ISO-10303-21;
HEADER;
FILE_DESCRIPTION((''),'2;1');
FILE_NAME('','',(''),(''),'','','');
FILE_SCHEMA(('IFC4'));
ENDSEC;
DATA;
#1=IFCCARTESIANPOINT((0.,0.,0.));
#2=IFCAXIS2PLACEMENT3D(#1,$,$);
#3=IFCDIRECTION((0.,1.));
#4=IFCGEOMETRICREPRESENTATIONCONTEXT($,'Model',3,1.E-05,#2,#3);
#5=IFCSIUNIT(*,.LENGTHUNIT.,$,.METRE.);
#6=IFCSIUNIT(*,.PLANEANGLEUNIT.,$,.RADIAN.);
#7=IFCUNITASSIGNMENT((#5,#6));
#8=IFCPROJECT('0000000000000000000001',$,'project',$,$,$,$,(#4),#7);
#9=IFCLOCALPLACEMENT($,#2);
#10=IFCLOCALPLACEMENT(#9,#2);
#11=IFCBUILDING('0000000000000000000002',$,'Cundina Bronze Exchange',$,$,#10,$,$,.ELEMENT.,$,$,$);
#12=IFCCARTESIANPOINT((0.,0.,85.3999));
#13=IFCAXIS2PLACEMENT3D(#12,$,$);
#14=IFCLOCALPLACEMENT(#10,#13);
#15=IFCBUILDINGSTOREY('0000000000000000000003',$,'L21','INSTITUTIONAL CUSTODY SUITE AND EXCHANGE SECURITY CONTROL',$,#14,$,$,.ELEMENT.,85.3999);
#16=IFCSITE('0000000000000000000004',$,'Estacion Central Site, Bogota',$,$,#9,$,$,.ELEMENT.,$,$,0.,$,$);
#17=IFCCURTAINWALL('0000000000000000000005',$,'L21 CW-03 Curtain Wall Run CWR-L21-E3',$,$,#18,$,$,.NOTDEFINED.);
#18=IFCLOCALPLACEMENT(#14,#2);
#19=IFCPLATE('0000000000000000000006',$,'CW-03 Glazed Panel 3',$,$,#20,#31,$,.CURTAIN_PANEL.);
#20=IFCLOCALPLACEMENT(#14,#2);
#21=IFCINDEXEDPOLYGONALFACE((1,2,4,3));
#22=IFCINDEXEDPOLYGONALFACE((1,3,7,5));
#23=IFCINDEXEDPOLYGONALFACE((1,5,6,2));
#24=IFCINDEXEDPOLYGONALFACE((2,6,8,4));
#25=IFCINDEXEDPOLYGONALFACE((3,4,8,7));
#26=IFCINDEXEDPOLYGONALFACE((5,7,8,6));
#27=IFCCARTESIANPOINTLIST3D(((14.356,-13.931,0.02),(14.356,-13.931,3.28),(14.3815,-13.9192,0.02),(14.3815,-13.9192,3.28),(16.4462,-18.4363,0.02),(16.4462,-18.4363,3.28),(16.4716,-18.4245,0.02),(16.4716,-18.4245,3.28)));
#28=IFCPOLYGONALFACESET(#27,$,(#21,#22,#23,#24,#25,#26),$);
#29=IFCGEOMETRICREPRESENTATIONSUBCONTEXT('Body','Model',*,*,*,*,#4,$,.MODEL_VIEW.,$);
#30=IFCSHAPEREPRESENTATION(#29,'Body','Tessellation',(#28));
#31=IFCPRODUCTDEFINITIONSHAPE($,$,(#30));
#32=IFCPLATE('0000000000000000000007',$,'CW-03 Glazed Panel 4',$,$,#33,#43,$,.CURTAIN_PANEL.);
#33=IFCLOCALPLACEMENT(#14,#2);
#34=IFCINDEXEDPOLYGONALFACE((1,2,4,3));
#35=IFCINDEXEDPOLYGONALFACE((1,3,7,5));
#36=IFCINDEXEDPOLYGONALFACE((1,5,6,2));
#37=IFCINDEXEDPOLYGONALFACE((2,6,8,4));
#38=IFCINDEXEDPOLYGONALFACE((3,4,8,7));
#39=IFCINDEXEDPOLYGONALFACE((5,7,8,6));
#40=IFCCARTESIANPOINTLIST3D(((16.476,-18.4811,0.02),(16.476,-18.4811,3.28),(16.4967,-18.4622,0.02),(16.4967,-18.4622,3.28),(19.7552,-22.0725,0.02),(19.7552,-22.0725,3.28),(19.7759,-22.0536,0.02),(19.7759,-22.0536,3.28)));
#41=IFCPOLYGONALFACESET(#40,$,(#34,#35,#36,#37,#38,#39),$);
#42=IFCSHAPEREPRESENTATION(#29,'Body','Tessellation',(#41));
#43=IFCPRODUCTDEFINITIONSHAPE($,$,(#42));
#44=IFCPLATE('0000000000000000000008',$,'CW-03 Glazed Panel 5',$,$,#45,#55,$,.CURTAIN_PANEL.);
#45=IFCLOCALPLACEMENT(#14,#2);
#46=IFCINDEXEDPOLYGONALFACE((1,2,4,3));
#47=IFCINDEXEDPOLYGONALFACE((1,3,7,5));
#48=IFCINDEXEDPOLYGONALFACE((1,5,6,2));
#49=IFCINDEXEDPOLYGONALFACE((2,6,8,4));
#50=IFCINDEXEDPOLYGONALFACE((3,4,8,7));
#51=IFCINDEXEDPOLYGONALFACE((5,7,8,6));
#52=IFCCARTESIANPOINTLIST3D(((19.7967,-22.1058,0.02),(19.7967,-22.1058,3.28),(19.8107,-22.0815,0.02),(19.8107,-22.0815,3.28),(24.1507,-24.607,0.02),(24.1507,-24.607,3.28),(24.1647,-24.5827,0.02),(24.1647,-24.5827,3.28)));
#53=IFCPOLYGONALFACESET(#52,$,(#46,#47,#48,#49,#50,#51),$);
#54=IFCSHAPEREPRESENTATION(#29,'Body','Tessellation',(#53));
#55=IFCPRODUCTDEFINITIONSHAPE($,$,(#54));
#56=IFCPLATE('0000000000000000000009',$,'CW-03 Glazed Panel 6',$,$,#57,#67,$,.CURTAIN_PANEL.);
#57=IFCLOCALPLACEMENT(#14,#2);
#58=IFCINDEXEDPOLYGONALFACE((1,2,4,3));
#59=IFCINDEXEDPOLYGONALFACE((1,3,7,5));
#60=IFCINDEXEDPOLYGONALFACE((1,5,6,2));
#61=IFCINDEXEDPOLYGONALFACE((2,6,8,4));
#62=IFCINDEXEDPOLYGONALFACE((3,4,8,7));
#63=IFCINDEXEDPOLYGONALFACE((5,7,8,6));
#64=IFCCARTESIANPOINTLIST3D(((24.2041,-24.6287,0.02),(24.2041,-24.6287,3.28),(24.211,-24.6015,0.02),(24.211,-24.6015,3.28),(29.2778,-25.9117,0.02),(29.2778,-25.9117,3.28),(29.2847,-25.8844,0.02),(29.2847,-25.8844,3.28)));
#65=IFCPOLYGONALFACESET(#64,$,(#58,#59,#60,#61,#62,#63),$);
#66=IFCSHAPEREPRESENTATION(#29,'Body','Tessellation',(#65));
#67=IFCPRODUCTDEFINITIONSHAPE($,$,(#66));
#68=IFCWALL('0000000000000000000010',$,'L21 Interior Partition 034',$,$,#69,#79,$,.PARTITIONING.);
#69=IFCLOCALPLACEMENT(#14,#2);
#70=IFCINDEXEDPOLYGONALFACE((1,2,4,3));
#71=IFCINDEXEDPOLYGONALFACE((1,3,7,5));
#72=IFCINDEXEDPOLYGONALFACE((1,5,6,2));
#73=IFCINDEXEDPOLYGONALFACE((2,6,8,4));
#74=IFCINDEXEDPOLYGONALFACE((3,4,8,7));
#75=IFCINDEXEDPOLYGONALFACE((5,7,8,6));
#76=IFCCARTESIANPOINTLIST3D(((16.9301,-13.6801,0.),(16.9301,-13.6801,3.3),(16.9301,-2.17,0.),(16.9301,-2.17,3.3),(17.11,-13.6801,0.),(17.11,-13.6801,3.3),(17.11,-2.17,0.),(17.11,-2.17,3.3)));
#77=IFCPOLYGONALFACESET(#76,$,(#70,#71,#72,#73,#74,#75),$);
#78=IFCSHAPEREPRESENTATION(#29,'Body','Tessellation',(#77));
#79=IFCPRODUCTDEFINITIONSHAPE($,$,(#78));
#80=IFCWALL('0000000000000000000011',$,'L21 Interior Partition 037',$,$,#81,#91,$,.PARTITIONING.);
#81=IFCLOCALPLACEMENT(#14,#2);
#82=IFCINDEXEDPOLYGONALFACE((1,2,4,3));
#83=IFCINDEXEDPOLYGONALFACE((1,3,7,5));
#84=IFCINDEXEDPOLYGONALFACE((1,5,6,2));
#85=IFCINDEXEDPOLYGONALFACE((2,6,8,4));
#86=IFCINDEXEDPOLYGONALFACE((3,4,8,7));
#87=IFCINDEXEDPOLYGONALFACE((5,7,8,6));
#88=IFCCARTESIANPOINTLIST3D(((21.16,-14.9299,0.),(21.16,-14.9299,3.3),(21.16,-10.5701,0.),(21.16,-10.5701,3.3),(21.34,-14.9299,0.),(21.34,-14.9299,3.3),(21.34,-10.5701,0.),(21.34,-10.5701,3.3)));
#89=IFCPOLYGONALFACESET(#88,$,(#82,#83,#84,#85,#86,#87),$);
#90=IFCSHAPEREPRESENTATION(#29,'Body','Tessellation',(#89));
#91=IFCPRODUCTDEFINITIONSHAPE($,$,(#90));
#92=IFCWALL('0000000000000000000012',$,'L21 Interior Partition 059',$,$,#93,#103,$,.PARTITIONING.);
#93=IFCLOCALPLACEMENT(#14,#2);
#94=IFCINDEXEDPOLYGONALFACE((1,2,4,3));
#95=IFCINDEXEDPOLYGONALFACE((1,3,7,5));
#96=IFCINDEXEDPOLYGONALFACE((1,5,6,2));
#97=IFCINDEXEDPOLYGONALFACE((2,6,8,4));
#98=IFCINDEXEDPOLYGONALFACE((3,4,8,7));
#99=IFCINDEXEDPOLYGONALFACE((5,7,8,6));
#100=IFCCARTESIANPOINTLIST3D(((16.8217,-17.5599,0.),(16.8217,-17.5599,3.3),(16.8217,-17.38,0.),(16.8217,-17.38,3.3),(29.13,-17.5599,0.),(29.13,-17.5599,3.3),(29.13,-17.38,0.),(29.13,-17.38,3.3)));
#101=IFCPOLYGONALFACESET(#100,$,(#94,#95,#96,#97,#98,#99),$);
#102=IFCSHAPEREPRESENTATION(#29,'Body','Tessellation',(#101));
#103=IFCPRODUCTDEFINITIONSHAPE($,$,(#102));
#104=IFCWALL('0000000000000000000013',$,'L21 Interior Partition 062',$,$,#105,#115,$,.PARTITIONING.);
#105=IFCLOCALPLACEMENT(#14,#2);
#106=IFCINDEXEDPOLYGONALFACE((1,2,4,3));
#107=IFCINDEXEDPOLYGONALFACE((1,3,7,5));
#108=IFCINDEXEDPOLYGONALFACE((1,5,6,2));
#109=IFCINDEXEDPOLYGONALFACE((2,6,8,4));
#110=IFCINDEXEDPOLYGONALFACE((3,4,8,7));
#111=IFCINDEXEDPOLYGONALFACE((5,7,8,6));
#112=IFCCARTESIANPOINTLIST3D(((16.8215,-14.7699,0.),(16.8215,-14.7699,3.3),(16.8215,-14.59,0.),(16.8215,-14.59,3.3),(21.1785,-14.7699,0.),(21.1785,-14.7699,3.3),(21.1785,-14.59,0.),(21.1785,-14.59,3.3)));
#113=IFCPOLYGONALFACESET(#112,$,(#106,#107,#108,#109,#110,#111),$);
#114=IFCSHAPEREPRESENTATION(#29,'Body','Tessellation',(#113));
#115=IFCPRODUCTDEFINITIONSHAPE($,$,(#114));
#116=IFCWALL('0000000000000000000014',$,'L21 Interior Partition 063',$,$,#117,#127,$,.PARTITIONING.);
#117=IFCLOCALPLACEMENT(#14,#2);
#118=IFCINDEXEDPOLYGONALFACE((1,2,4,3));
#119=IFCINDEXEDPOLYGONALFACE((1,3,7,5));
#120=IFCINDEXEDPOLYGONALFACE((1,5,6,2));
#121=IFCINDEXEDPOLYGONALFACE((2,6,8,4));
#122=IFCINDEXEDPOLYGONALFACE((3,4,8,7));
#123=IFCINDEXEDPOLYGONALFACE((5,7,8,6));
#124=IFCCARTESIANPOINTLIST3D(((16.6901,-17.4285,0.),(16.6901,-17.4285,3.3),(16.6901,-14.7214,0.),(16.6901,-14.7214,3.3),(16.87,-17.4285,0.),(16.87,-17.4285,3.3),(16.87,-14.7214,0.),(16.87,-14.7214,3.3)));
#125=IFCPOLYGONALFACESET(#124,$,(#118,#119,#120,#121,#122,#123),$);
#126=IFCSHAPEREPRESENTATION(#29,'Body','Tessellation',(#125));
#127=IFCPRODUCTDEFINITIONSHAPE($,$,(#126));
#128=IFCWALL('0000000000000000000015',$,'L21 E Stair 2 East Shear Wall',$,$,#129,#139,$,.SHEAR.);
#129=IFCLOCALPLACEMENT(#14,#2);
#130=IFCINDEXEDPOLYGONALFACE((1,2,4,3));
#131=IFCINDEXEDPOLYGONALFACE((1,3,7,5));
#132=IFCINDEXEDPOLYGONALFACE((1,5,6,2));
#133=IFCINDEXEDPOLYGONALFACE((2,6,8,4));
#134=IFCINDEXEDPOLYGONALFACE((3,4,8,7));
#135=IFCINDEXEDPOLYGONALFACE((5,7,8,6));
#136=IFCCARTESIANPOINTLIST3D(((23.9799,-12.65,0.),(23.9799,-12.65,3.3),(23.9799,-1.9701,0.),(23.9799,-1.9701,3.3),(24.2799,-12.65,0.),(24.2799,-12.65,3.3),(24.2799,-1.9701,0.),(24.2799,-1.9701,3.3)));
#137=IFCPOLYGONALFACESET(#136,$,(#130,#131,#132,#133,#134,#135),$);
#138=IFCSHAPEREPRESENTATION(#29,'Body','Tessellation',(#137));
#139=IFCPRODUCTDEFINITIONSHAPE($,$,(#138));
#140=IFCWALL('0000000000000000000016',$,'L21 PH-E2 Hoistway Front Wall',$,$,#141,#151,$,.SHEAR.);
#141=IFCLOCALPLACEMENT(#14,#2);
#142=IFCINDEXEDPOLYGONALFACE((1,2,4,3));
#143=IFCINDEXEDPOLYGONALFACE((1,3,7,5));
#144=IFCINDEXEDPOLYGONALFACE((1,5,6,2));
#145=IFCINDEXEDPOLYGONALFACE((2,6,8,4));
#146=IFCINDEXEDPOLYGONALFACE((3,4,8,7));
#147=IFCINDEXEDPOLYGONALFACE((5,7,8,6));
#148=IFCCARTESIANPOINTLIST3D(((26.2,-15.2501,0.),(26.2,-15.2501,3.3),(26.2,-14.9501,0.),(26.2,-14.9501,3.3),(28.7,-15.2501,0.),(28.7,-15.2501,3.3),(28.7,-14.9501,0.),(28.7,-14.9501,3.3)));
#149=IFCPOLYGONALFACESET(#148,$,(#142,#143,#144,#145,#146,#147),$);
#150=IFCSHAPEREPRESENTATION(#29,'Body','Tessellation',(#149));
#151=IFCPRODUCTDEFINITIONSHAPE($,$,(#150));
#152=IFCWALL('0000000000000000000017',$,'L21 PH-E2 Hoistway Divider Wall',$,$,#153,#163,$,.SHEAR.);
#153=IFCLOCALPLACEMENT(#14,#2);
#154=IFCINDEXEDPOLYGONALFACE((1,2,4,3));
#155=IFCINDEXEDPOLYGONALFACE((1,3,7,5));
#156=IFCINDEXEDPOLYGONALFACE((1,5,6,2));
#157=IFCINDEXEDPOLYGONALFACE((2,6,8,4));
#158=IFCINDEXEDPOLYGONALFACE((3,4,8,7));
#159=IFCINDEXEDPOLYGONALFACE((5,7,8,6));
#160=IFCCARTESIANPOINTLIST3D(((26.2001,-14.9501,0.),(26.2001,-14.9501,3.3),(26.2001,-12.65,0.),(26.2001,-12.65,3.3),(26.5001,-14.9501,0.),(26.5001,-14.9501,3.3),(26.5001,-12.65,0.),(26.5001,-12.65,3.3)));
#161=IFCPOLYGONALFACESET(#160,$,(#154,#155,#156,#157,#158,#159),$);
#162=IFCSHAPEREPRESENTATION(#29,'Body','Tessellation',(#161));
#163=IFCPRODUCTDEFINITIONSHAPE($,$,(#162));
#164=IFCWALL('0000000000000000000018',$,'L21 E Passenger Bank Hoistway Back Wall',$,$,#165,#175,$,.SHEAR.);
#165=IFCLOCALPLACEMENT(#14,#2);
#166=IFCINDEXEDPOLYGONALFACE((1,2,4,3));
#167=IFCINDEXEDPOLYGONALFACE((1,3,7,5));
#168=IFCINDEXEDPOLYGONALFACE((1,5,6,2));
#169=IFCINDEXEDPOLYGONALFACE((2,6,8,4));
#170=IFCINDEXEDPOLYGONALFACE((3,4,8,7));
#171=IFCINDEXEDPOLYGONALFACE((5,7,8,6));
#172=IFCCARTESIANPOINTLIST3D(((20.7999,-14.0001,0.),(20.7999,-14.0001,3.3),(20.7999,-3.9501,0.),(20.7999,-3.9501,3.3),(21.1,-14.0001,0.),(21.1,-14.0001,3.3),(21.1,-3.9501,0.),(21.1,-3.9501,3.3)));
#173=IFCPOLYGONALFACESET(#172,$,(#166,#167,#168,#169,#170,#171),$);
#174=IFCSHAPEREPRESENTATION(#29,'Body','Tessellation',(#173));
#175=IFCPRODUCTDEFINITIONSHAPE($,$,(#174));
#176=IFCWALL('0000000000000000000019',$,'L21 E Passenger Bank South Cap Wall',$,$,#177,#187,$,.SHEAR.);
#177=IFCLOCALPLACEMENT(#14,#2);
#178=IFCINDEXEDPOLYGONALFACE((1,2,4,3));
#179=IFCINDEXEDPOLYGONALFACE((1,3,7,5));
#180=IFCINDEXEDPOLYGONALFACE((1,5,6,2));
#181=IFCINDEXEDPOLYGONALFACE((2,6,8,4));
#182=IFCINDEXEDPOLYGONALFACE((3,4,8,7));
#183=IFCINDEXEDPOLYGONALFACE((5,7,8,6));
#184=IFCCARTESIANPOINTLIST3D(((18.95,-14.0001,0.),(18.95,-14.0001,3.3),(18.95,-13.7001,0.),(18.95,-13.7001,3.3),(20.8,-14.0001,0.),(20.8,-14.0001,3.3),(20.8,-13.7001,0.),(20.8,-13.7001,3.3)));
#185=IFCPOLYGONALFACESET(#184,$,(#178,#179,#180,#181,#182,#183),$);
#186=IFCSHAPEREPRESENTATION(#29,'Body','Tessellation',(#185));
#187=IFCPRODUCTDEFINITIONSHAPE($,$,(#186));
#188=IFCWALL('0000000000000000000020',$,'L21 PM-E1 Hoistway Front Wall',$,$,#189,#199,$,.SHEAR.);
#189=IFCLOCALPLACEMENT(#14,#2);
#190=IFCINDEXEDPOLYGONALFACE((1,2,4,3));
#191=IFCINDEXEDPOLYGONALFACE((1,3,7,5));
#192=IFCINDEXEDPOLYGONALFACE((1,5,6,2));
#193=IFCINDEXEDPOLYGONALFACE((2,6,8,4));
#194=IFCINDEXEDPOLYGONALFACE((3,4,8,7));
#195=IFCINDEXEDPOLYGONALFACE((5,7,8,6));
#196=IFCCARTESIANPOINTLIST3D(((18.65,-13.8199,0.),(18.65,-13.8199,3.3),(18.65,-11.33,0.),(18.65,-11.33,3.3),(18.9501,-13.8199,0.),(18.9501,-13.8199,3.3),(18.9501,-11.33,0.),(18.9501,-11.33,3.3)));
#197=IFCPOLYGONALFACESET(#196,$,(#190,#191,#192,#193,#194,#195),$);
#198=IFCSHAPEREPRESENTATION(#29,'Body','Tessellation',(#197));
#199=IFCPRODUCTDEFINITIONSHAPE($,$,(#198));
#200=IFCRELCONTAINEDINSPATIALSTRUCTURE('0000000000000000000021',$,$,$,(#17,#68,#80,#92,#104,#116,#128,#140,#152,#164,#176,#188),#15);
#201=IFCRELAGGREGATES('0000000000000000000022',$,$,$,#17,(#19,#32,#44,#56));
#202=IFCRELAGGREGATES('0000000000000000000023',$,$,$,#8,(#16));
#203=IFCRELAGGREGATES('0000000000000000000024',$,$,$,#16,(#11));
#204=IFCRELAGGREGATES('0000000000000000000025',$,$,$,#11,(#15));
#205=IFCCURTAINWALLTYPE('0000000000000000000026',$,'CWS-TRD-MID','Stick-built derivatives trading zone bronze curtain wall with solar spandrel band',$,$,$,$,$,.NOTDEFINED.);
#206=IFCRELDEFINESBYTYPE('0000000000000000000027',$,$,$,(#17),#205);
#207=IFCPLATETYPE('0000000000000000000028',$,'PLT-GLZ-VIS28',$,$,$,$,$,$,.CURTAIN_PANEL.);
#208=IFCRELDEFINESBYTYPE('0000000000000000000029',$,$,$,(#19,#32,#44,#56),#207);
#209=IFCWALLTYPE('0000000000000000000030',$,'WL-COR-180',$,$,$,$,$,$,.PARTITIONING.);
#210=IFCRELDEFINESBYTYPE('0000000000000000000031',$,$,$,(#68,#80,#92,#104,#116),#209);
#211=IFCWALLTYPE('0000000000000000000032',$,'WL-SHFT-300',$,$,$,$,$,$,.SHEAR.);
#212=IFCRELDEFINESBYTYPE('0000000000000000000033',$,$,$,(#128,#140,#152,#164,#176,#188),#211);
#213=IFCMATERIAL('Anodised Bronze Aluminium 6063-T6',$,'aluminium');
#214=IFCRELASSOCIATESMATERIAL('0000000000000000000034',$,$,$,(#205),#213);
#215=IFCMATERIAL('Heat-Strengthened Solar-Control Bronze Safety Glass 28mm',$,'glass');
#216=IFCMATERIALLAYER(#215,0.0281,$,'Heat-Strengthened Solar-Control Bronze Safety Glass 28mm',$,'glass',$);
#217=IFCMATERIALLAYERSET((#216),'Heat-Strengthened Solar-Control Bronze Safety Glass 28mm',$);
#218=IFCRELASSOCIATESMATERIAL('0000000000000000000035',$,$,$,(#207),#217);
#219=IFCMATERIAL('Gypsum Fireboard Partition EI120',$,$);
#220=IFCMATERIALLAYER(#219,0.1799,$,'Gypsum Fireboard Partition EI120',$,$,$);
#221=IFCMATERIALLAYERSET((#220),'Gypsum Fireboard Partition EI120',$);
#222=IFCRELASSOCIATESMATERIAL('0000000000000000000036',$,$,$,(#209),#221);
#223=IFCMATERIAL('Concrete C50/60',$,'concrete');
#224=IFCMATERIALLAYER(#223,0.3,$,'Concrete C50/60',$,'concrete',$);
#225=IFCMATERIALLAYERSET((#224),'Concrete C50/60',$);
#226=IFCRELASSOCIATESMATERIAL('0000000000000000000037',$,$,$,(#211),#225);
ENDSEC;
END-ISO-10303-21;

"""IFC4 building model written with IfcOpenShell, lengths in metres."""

from ifc_helpers import new_model, si_unit, direction, frame, frame_2d, origin, origin_2d, place, context, subcontext, project, spatial, rectangle, extrude, material, layer, layer_set, type_object, element, aggregate, save


model = new_model("IFC4")

# Units and contexts
model_context = context("Model", 3, precision=1e-05, world=origin(), true_north=direction((0.0, 1.0)))
body_context = subcontext(model_context, "Body", "Model", "MODEL_VIEW")
ifc_project = project(units=[si_unit("LENGTHUNIT", "METRE"), si_unit("PLANEANGLEUNIT", "RADIAN")], contexts=[model_context])

# Site, building, storey
site_placement = place(None, origin())
site = spatial("IfcSite", under=ifc_project, at=site_placement, Name="Estacion Central Site, Bogota", CompositionType="ELEMENT", RefElevation=0.0)
building_placement = place(site_placement, origin())
building = spatial("IfcBuilding", under=site, at=building_placement, Name="Cundina Bronze Exchange", CompositionType="ELEMENT")
storey_placement = place(building_placement, frame((0.0, 0.0, 85.3999)))
storey = spatial("IfcBuildingStorey", under=building, at=storey_placement, Name="L21", Description="INSTITUTIONAL CUSTODY SUITE AND EXCHANGE SECURITY CONTROL", CompositionType="ELEMENT", Elevation=85.3999)

# Curtain wall, plates
ifc_material_1 = material(Name="Anodised Bronze Aluminium 6063-T6", Category="aluminium")
curtain_wall_type = type_object("IfcCurtainWallType", Name="CWS-TRD-MID", Description="Stick-built derivatives trading zone bronze curtain wall with solar spandrel band", PredefinedType="NOTDEFINED", material=ifc_material_1)
curtain_wall_placement = place(storey_placement, origin())
curtain_wall = element("IfcCurtainWall", 1, at=curtain_wall_placement, inside=storey, type_object=curtain_wall_type, Name="L21 CW-03 Curtain Wall Run CWR-L21-E3", PredefinedType="NOTDEFINED")
ifc_material_2 = material(Name="Heat-Strengthened Solar-Control Bronze Safety Glass 28mm", Category="glass")
ifc_layer_1 = layer(ifc_material_2, 0.0281, Name="Heat-Strengthened Solar-Control Bronze Safety Glass 28mm", Category="glass")
ifc_layer_set_1 = layer_set([ifc_layer_1], Name="Heat-Strengthened Solar-Control Bronze Safety Glass 28mm")
plate_type = type_object("IfcPlateType", Name="PLT-GLZ-VIS28", PredefinedType="CURTAIN_PANEL", material=ifc_layer_set_1)
plate_1_placement = place(storey_placement, frame((15.4138, -16.1777, 0.02), z_axis=(0.0, 0.0, 1.0), x_axis=(0.420846, -0.907132, 0.0)))
plate_1 = element("IfcPlate", 2, at=plate_1_placement, type_object=plate_type, Name="CW-03 Glazed Panel 3", PredefinedType="CURTAIN_PANEL", context=body_context, shape_type="SweptSolid", body=[
    extrude(rectangle(XDim=4.9666, YDim=0.0281, at=origin_2d()), origin(), (0.0, 0.0, 1.0), 3.26),
])
plate_2_placement = place(storey_placement, frame((18.126, -20.2673, 0.02), z_axis=(0.0, 0.0, 1.0), x_axis=(0.674277, -0.738479, 0.0)))
plate_2 = element("IfcPlate", 3, at=plate_2_placement, type_object=plate_type, Name="CW-03 Glazed Panel 4", PredefinedType="CURTAIN_PANEL", context=body_context, shape_type="SweptSolid", body=[
    extrude(rectangle(XDim=4.8633, YDim=0.0281, at=origin_2d()), origin(), (0.0, 0.0, 1.0), 3.26),
])
plate_3_placement = place(storey_placement, frame((21.9807, -23.3442, 0.02), z_axis=(0.0, 0.0, 1.0), x_axis=(0.867105, -0.498125, 0.0)))
plate_3 = element("IfcPlate", 4, at=plate_3_placement, type_object=plate_type, Name="CW-03 Glazed Panel 5", PredefinedType="CURTAIN_PANEL", context=body_context, shape_type="SweptSolid", body=[
    extrude(rectangle(XDim=5.0212, YDim=0.0281, at=origin_2d()), origin(), (0.0, 0.0, 1.0), 3.26),
])
plate_4_placement = place(storey_placement, frame((26.7444, -25.2566, 0.02), z_axis=(0.0, 0.0, 1.0), x_axis=(0.969488, -0.245138, 0.0)))
plate_4 = element("IfcPlate", 5, at=plate_4_placement, type_object=plate_type, Name="CW-03 Glazed Panel 6", PredefinedType="CURTAIN_PANEL", context=body_context, shape_type="SweptSolid", body=[
    extrude(rectangle(XDim=5.2334, YDim=0.0281, at=origin_2d()), origin(), (0.0, 0.0, 1.0), 3.26),
])
aggregate(curtain_wall, [plate_1, plate_2, plate_3, plate_4])

# Walls
ifc_material_3 = material(Name="Gypsum Fireboard Partition EI120")
ifc_layer_2 = layer(ifc_material_3, 0.1799, Name="Gypsum Fireboard Partition EI120")
ifc_layer_set_2 = layer_set([ifc_layer_2], Name="Gypsum Fireboard Partition EI120")
wall_type_1 = type_object("IfcWallType", Name="WL-COR-180", PredefinedType="PARTITIONING", material=ifc_layer_set_2)
wall_1_placement = place(storey_placement, frame((17.02, -13.6799, 0.0), z_axis=(0.0, 0.0, 1.0), x_axis=(0.0, 1.0, 0.0)))
element("IfcWall", 6, at=wall_1_placement, inside=storey, type_object=wall_type_1, Name="L21 Interior Partition 034", PredefinedType="PARTITIONING", context=body_context, shape_type="SweptSolid", body=[
    extrude(rectangle(XDim=11.51, YDim=0.1799, at=frame_2d((5.7549, 0.0))), origin(), (0.0, 0.0, 1.0), 3.3),
])
wall_2_placement = place(storey_placement, frame((21.25, -14.9299, 0.0), z_axis=(0.0, 0.0, 1.0), x_axis=(0.0, 1.0, 0.0)))
element("IfcWall", 7, at=wall_2_placement, inside=storey, type_object=wall_type_1, Name="L21 Interior Partition 037", PredefinedType="PARTITIONING", context=body_context, shape_type="SweptSolid", body=[
    extrude(rectangle(XDim=4.3599, YDim=0.1799, at=frame_2d((2.1799, 0.0))), origin(), (0.0, 0.0, 1.0), 3.3),
])
wall_3_placement = place(storey_placement, frame((16.8215, -17.47, 0.0), z_axis=(0.0, 0.0, 1.0), x_axis=(1.0, 0.0, 0.0)))
element("IfcWall", 8, at=wall_3_placement, inside=storey, type_object=wall_type_1, Name="L21 Interior Partition 059", PredefinedType="PARTITIONING", context=body_context, shape_type="SweptSolid", body=[
    extrude(rectangle(XDim=12.3083, YDim=0.1799, at=frame_2d((6.1543, 0.0))), origin(), (0.0, 0.0, 1.0), 3.3),
])
wall_4_placement = place(storey_placement, frame((21.1785, -14.6799, 0.0), z_axis=(0.0, 0.0, 1.0), x_axis=(-1.0, 0.0, 0.0)))
element("IfcWall", 9, at=wall_4_placement, inside=storey, type_object=wall_type_1, Name="L21 Interior Partition 062", PredefinedType="PARTITIONING", context=body_context, shape_type="SweptSolid", body=[
    extrude(rectangle(XDim=4.3569, YDim=0.1799, at=frame_2d((2.1785, 0.0))), origin(), (0.0, 0.0, 1.0), 3.3),
])
wall_5_placement = place(storey_placement, frame((16.78, -14.7214, 0.0), z_axis=(0.0, 0.0, 1.0), x_axis=(0.0, -1.0, 0.0)))
element("IfcWall", 10, at=wall_5_placement, inside=storey, type_object=wall_type_1, Name="L21 Interior Partition 063", PredefinedType="PARTITIONING", context=body_context, shape_type="SweptSolid", body=[
    extrude(rectangle(XDim=2.707, YDim=0.1799, at=frame_2d((1.3535, 0.0))), origin(), (0.0, 0.0, 1.0), 3.3),
])
ifc_material_4 = material(Name="Concrete C50/60", Category="concrete")
ifc_layer_3 = layer(ifc_material_4, 0.3, Name="Concrete C50/60", Category="concrete")
ifc_layer_set_3 = layer_set([ifc_layer_3], Name="Concrete C50/60")
wall_type_2 = type_object("IfcWallType", Name="WL-SHFT-300", PredefinedType="SHEAR", material=ifc_layer_set_3)
wall_6_placement = place(storey_placement, frame((24.1299, -12.6499, 0.0), z_axis=(0.0, 0.0, 1.0), x_axis=(0.0, 1.0, 0.0)))
element("IfcWall", 11, at=wall_6_placement, inside=storey, type_object=wall_type_2, Name="L21 E Stair 2 East Shear Wall", PredefinedType="SHEAR", context=body_context, shape_type="SweptSolid", body=[
    extrude(rectangle(XDim=10.6799, YDim=0.3, at=frame_2d((5.3398, 0.0))), origin(), (0.0, 0.0, 1.0), 3.3),
])
wall_7_placement = place(storey_placement, frame((26.2, -15.1001, 0.0), z_axis=(0.0, 0.0, 1.0), x_axis=(1.0, 0.0, 0.0)))
element("IfcWall", 12, at=wall_7_placement, inside=storey, type_object=wall_type_2, Name="L21 PH-E2 Hoistway Front Wall", PredefinedType="SHEAR", context=body_context, shape_type="SweptSolid", body=[
    extrude(rectangle(XDim=2.5, YDim=0.3, at=frame_2d((1.25, 0.0))), origin(), (0.0, 0.0, 1.0), 3.3),
])
wall_8_placement = place(storey_placement, frame((26.3501, -14.95, 0.0), z_axis=(0.0, 0.0, 1.0), x_axis=(0.0, 1.0, 0.0)))
element("IfcWall", 13, at=wall_8_placement, inside=storey, type_object=wall_type_2, Name="L21 PH-E2 Hoistway Divider Wall", PredefinedType="SHEAR", context=body_context, shape_type="SweptSolid", body=[
    extrude(rectangle(XDim=2.3, YDim=0.3, at=frame_2d((1.1499, 0.0))), origin(), (0.0, 0.0, 1.0), 3.3),
])
wall_9_placement = place(storey_placement, frame((20.95, -14.0, 0.0), z_axis=(0.0, 0.0, 1.0), x_axis=(0.0, 1.0, 0.0)))
element("IfcWall", 14, at=wall_9_placement, inside=storey, type_object=wall_type_2, Name="L21 E Passenger Bank Hoistway Back Wall", PredefinedType="SHEAR", context=body_context, shape_type="SweptSolid", body=[
    extrude(rectangle(XDim=10.05, YDim=0.3, at=frame_2d((5.0249, 0.0))), origin(), (0.0, 0.0, 1.0), 3.3),
])
wall_10_placement = place(storey_placement, frame((18.95, -13.8501, 0.0), z_axis=(0.0, 0.0, 1.0), x_axis=(1.0, 0.0, 0.0)))
element("IfcWall", 15, at=wall_10_placement, inside=storey, type_object=wall_type_2, Name="L21 E Passenger Bank South Cap Wall", PredefinedType="SHEAR", context=body_context, shape_type="SweptSolid", body=[
    extrude(rectangle(XDim=1.8501, YDim=0.3, at=frame_2d((0.925, 0.0))), origin(), (0.0, 0.0, 1.0), 3.3),
])
wall_11_placement = place(storey_placement, frame((18.8, -13.8201, 0.0), z_axis=(0.0, 0.0, 1.0), x_axis=(0.0, 1.0, 0.0)))
element("IfcWall", 16, at=wall_11_placement, inside=storey, type_object=wall_type_2, Name="L21 PM-E1 Hoistway Front Wall", PredefinedType="SHEAR", context=body_context, shape_type="SweptSolid", body=[
    extrude(rectangle(XDim=2.49, YDim=0.3, at=frame_2d((1.2451, 0.0))), origin(), (0.0, 0.0, 1.0), 3.3),
])

save(model, "model.ifc")
